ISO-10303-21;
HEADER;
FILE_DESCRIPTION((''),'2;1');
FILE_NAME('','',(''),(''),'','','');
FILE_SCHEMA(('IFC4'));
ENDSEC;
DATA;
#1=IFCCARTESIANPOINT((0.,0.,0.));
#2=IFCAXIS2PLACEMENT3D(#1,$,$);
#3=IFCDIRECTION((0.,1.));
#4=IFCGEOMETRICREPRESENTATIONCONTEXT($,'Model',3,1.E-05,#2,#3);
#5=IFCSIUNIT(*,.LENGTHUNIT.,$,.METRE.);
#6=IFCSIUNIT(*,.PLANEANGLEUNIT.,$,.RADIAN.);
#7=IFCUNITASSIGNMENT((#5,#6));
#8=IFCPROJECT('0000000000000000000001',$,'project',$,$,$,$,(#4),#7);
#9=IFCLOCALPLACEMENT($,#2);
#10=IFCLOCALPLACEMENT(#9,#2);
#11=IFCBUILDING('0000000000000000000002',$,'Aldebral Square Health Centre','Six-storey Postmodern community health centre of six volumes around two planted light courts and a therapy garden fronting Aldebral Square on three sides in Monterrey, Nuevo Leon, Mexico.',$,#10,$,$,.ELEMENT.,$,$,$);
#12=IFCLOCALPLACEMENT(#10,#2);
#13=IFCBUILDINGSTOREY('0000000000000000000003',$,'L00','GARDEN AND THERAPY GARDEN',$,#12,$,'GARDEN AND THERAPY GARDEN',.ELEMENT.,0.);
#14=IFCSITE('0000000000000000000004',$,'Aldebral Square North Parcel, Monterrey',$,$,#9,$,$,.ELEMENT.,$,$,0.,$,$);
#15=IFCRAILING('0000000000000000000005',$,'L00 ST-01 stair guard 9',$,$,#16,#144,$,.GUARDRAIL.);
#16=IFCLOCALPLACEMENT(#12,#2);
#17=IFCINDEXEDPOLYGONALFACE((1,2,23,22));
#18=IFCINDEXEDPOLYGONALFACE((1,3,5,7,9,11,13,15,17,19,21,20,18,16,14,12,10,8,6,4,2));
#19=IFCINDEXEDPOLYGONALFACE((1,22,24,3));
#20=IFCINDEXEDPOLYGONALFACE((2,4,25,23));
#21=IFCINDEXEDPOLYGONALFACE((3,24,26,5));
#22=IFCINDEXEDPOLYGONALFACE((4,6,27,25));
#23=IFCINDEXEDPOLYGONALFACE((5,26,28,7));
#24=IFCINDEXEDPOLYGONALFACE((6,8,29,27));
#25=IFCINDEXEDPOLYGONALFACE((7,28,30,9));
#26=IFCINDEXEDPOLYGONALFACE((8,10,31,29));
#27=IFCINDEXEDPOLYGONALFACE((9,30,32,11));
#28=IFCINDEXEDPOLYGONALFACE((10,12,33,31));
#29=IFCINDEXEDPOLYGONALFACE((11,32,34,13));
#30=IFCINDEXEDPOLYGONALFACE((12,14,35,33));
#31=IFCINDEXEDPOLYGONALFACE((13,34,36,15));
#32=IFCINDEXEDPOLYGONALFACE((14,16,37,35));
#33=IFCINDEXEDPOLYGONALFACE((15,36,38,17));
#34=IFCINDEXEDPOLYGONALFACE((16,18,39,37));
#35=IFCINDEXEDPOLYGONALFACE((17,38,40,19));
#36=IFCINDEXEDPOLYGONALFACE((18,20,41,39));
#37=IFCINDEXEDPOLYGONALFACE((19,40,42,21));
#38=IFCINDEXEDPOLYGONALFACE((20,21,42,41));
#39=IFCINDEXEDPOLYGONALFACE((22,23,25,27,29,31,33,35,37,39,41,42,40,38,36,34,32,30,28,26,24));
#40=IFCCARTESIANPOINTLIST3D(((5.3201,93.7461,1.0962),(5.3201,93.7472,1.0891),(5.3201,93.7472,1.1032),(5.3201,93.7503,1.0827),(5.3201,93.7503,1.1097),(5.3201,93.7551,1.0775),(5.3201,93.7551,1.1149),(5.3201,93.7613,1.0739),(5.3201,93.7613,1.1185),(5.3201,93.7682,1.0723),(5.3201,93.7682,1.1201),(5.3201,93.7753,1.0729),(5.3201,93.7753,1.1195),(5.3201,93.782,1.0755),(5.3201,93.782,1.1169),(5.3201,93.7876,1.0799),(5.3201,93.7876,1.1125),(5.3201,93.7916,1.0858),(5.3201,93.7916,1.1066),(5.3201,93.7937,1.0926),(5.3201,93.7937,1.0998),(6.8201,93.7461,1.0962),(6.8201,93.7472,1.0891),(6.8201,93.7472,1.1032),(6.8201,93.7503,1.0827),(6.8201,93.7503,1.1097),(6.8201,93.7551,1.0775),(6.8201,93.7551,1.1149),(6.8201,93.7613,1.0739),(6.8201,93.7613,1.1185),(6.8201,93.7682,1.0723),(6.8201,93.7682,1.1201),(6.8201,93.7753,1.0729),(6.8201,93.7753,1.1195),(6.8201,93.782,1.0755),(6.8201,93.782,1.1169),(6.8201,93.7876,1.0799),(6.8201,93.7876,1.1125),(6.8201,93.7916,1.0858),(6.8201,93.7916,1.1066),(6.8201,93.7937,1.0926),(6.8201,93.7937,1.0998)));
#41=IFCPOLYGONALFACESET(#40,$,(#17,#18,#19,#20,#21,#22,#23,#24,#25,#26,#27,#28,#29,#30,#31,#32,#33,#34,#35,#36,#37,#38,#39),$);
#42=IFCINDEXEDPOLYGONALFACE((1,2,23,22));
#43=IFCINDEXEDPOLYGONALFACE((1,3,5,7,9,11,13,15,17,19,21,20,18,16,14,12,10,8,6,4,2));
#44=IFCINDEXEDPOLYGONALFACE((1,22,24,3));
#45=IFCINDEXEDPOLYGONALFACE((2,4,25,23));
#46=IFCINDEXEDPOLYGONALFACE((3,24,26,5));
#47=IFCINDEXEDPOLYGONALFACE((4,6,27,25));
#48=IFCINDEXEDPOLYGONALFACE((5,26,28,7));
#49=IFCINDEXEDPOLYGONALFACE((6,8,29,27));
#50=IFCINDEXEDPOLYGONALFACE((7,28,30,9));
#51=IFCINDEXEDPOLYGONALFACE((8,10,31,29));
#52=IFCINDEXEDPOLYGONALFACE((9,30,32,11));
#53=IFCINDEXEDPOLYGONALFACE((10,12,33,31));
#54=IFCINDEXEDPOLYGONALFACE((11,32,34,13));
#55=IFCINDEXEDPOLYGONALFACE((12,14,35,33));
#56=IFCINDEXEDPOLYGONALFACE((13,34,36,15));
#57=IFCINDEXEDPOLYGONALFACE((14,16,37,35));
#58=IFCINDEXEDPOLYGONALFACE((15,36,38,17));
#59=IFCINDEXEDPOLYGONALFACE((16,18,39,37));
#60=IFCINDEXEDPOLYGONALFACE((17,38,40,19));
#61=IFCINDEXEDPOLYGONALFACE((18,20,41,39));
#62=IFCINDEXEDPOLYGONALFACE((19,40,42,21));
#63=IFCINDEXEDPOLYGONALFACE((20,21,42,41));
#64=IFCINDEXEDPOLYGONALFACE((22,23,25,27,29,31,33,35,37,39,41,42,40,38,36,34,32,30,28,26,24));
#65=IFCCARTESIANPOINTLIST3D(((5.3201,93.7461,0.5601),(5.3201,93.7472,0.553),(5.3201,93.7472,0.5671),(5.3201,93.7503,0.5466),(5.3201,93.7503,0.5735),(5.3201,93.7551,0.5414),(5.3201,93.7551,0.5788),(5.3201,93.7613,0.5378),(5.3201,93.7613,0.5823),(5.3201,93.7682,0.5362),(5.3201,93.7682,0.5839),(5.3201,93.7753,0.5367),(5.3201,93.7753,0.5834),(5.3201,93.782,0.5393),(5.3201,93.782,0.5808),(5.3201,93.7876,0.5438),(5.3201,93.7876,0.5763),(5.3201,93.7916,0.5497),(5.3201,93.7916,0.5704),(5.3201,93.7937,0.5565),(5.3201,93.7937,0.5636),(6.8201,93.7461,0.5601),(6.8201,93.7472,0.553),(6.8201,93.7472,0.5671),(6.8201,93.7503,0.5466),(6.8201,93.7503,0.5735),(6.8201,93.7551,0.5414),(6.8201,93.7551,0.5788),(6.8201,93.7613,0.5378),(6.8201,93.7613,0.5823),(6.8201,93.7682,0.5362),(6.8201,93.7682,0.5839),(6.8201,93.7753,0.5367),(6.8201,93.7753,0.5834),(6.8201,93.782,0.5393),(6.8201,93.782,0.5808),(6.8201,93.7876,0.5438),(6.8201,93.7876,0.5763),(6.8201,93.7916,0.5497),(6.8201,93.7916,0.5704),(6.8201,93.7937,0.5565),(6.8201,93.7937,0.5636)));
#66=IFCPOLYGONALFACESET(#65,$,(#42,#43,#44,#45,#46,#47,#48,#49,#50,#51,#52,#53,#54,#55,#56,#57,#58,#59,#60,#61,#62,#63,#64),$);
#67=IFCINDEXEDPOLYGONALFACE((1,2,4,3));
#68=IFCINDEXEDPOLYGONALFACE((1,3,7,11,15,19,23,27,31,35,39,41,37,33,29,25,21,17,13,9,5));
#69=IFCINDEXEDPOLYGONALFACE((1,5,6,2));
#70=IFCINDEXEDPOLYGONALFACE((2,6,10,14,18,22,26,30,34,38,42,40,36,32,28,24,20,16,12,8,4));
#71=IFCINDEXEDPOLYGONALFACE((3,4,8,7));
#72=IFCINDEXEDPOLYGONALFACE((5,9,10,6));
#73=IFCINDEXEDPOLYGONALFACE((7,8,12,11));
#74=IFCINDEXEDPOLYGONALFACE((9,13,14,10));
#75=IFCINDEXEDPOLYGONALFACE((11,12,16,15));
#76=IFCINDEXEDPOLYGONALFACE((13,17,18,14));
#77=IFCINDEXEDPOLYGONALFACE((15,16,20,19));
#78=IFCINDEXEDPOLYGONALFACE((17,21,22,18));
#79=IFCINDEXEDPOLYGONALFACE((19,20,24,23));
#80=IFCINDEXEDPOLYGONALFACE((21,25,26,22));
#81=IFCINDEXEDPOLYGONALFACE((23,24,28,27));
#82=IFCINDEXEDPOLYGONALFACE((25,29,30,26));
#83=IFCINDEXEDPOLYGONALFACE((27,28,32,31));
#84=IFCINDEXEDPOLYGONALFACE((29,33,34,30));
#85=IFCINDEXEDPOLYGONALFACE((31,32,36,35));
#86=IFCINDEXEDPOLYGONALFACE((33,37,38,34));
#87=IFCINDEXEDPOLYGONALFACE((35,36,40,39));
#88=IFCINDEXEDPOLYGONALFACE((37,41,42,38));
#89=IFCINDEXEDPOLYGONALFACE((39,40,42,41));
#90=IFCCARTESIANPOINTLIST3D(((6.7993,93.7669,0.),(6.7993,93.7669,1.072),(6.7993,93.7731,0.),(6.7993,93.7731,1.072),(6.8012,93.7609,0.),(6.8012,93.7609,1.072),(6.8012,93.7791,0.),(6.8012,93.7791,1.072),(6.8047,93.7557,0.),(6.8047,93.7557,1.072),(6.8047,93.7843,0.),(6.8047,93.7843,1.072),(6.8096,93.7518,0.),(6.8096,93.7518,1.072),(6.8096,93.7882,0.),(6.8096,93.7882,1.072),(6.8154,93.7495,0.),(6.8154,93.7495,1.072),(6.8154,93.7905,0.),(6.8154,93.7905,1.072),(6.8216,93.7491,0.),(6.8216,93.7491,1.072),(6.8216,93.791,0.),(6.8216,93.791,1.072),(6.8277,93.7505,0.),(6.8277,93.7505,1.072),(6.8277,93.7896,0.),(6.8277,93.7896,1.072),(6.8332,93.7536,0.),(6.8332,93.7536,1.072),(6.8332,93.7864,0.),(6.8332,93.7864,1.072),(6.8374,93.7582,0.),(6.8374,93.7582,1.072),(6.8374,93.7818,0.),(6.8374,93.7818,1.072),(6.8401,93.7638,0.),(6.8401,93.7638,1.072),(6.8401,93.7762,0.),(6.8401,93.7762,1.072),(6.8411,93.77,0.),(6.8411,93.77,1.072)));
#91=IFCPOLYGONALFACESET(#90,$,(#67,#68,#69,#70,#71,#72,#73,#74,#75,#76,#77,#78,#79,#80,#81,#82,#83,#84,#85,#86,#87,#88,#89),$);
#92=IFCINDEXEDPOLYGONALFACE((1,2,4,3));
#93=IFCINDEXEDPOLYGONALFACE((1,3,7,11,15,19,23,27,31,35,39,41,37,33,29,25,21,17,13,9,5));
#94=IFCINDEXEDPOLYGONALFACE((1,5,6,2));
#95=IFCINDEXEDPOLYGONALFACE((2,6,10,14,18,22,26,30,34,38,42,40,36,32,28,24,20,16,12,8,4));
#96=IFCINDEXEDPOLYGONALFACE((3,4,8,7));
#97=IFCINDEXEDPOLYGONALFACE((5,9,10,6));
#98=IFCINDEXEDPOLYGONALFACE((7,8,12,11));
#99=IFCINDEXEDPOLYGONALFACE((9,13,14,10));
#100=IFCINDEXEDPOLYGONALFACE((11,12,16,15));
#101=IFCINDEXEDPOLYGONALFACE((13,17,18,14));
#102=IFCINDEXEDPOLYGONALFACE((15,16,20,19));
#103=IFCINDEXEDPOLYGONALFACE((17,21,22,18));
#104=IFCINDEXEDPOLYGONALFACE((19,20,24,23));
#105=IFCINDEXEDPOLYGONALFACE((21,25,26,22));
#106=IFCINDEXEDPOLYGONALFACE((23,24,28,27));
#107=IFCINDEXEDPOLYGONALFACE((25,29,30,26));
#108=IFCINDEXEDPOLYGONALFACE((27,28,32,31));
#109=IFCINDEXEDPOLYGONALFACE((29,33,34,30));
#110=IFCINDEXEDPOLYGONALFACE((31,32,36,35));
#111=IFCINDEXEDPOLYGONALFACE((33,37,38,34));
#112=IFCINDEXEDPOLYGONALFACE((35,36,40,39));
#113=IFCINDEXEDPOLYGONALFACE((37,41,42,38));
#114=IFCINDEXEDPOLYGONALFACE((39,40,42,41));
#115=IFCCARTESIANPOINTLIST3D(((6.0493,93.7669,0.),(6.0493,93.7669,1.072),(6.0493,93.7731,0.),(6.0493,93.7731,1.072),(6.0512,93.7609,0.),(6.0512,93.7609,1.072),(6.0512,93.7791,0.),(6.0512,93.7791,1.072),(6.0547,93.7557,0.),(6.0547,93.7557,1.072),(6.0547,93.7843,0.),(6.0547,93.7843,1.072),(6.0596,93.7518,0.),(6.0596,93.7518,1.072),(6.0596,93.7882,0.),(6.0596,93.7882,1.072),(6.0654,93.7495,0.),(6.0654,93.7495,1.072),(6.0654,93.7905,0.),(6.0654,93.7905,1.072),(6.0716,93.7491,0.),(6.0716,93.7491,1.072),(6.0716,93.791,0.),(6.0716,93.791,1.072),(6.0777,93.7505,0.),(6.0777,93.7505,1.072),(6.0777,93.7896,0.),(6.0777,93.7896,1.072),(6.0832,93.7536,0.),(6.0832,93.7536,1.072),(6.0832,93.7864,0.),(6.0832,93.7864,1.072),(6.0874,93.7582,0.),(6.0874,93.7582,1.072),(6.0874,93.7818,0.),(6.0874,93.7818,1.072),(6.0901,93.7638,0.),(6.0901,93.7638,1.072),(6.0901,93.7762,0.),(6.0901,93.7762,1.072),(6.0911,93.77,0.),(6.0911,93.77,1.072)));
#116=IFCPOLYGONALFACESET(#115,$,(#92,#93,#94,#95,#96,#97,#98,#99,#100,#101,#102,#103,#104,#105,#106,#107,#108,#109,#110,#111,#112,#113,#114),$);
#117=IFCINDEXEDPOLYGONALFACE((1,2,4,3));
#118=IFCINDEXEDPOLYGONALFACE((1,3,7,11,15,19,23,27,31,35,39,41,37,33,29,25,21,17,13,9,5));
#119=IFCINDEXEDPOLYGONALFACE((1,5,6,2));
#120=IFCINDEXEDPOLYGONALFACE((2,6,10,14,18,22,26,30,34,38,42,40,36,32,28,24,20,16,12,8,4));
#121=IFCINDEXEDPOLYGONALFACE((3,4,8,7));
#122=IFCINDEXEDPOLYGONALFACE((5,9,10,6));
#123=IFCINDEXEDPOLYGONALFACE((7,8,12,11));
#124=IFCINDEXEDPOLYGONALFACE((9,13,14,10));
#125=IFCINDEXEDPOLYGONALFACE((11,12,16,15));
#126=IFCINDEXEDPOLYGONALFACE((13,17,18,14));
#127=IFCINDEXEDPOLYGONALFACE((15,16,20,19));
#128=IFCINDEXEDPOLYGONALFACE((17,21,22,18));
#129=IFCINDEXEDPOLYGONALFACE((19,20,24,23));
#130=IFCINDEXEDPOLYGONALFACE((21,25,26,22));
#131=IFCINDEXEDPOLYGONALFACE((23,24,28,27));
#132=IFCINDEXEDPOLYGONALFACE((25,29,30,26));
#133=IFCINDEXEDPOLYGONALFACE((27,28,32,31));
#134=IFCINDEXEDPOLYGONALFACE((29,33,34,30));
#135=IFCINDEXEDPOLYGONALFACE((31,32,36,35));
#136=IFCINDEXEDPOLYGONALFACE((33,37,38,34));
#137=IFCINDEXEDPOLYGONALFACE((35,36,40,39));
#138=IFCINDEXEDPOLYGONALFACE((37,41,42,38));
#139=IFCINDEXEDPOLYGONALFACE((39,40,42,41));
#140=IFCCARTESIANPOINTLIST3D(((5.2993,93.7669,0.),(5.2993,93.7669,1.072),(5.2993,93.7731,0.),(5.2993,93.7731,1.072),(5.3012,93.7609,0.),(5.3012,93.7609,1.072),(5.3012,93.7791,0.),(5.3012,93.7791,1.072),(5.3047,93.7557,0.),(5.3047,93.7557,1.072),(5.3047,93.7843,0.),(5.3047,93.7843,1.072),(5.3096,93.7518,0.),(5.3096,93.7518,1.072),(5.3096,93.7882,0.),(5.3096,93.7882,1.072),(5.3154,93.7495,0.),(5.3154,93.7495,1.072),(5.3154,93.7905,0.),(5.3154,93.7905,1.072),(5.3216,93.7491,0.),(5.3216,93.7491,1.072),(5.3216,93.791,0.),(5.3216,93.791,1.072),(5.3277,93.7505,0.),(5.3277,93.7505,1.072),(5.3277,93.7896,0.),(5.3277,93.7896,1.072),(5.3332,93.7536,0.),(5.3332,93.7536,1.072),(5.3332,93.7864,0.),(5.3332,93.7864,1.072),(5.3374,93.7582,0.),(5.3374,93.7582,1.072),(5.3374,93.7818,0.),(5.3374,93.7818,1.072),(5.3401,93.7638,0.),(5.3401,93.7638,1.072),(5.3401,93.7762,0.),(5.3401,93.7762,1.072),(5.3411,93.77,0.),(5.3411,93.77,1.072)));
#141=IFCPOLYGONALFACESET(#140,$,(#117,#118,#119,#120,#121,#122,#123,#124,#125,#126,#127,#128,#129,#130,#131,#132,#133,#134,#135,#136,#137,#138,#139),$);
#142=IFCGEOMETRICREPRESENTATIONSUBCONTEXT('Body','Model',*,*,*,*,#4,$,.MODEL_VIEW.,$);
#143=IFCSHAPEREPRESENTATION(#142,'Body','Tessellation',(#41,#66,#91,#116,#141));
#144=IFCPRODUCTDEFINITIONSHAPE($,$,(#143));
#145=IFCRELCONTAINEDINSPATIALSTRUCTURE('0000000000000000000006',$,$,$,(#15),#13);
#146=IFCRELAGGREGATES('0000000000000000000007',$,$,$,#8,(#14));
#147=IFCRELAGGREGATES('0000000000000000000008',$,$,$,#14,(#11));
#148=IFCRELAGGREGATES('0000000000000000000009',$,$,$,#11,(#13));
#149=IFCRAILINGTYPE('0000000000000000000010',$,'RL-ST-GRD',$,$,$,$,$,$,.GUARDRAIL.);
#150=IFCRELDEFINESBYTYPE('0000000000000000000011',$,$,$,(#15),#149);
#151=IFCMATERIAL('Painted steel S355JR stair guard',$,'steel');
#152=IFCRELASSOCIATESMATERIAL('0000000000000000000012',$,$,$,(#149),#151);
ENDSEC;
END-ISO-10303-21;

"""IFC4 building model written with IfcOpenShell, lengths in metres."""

from ifc_helpers import new_model, si_unit, direction, frame, origin, origin_2d, place, context, subcontext, project, spatial, circle, extrude, material, type_object, element, save


model = new_model("IFC4")

# Units and contexts
model_context = context("Model", 3, precision=1e-05, world=origin(), true_north=direction((0.0, 1.0)))
body_context = subcontext(model_context, "Body", "Model", "MODEL_VIEW")
ifc_project = project(units=[si_unit("LENGTHUNIT", "METRE"), si_unit("PLANEANGLEUNIT", "RADIAN")], contexts=[model_context])

# Site, building, storey
site_placement = place(None, origin())
site = spatial("IfcSite", under=ifc_project, at=site_placement, Name="Aldebral Square North Parcel, Monterrey", CompositionType="ELEMENT", RefElevation=0.0)
building_placement = place(site_placement, origin())
building = spatial("IfcBuilding", under=site, at=building_placement, Name="Aldebral Square Health Centre", Description="Six-storey Postmodern community health centre of six volumes around two planted light courts and a therapy garden fronting Aldebral Square on three sides in Monterrey, Nuevo Leon, Mexico.", CompositionType="ELEMENT")
storey_placement = place(building_placement, origin())
storey = spatial("IfcBuildingStorey", under=building, at=storey_placement, Name="L00", Description="GARDEN AND THERAPY GARDEN", LongName="GARDEN AND THERAPY GARDEN", CompositionType="ELEMENT", Elevation=0.0)

# Railing
ifc_material_1 = material(Name="Painted steel S355JR stair guard", Category="steel")
railing_type_1 = type_object("IfcRailingType", Name="RL-ST-GRD", PredefinedType="GUARDRAIL", material=ifc_material_1)
railing_1_placement = place(storey_placement, frame((6.8201, 93.77, 0.0)))
element("IfcRailing", 1, at=railing_1_placement, inside=storey, type_object=railing_type_1, Name="L00 ST-01 stair guard 9", PredefinedType="GUARDRAIL", context=body_context, shape_type="SweptSolid", body=[
    extrude(circle(Radius=0.0239, at=origin_2d()), frame((0.0, 0.0, 1.0962), z_axis=(-1.0, 0.0, 0.0), x_axis=(0.0, -1.0, 0.0)), (0.0, 0.0, 1.0), 1.5),
    extrude(circle(Radius=0.0239, at=origin_2d()), frame((0.0, 0.0, 0.5601), z_axis=(-1.0, 0.0, 0.0), x_axis=(0.0, -1.0, 0.0)), (0.0, 0.0, 1.0), 1.5),
    extrude(circle(Radius=0.021, at=origin_2d()), origin(), (0.0, 0.0, 1.0), 1.072),
    extrude(circle(Radius=0.021, at=origin_2d()), frame((-0.75, 0.0, 0.0)), (0.0, 0.0, 1.0), 1.072),
    extrude(circle(Radius=0.021, at=origin_2d()), frame((-1.5, 0.0, 0.0)), (0.0, 0.0, 1.0), 1.072),
])

save(model, "model.ifc")
